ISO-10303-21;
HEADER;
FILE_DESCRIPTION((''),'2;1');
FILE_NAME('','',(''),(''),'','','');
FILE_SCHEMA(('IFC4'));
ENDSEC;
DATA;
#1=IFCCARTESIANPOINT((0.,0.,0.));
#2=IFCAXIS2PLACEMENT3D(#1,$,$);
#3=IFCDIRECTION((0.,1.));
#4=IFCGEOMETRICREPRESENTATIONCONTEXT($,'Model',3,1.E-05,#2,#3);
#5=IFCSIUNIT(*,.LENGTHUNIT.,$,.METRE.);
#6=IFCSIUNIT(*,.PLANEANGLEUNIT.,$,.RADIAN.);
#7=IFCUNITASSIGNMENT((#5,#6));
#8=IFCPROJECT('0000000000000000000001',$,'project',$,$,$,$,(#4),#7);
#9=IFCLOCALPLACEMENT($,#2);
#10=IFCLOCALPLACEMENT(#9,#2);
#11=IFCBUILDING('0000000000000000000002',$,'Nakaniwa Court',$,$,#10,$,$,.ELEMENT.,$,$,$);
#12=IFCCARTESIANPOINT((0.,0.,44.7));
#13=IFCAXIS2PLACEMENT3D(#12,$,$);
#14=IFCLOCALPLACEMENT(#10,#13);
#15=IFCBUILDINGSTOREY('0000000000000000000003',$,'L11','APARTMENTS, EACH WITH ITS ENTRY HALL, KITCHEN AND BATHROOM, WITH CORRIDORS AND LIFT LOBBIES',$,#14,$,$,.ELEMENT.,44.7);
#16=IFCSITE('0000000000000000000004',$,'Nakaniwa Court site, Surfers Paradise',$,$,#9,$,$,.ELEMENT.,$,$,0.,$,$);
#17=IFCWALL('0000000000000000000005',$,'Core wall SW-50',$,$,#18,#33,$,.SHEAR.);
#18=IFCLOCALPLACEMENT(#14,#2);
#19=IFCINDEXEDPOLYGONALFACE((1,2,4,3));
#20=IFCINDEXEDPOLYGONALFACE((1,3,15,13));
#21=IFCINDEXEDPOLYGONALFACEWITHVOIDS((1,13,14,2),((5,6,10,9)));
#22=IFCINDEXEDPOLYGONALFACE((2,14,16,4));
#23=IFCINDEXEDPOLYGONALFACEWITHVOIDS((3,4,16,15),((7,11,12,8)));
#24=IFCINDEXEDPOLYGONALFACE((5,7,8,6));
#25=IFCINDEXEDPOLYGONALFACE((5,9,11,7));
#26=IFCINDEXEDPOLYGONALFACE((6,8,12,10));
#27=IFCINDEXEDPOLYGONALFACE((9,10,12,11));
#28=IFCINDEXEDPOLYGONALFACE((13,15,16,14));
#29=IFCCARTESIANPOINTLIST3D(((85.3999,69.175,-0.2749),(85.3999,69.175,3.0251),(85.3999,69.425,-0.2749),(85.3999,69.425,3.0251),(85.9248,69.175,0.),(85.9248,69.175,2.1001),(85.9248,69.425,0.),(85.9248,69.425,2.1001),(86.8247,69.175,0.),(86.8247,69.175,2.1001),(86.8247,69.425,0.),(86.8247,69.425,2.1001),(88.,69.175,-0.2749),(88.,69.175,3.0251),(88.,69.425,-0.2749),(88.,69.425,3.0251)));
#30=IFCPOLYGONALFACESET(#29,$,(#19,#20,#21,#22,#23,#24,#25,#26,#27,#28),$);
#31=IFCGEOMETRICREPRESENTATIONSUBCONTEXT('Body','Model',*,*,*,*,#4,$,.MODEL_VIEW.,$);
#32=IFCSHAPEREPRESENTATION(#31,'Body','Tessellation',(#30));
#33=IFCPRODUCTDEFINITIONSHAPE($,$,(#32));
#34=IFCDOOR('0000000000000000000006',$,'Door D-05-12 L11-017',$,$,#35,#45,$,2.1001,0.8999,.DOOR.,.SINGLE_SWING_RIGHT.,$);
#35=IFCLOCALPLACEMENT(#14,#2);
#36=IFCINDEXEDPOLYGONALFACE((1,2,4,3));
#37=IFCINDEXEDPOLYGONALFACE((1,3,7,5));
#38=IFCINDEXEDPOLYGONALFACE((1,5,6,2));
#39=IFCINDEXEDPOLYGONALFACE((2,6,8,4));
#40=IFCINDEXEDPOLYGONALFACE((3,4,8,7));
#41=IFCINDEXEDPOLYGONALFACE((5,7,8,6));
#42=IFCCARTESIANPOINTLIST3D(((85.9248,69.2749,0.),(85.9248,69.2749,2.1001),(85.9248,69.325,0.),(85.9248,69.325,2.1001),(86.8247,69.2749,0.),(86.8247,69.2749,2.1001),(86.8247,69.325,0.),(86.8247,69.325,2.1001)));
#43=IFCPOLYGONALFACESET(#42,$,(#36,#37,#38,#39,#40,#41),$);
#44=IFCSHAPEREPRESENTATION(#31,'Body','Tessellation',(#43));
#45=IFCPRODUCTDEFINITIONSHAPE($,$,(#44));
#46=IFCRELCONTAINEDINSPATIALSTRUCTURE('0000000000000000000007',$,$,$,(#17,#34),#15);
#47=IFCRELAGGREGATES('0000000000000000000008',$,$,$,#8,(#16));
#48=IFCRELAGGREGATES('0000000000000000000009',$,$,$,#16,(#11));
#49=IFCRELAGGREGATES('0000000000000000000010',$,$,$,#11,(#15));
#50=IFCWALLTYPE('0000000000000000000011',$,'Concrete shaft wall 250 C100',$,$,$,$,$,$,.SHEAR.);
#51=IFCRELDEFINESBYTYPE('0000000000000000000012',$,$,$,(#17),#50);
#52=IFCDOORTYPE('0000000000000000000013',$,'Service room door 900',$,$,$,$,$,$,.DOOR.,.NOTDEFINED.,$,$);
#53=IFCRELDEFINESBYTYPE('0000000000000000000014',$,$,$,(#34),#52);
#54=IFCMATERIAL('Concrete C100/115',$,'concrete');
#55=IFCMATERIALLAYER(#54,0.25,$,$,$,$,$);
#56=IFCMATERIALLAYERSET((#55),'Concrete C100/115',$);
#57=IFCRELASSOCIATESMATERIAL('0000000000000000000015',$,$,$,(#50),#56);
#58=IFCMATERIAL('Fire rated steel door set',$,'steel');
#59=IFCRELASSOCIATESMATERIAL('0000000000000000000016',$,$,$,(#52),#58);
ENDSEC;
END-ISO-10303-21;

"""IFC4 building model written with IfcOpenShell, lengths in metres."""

from ifc_helpers import new_model, si_unit, direction, frame, frame_2d, origin, place, context, subcontext, project, spatial, rectangle, extrude, material, layer, layer_set, type_object, element, fill, save


model = new_model("IFC4")

# Units and contexts
model_context = context("Model", 3, precision=1e-05, world=origin(), true_north=direction((0.0, 1.0)))
body_context = subcontext(model_context, "Body", "Model", "MODEL_VIEW")
ifc_project = project(units=[si_unit("LENGTHUNIT", "METRE"), si_unit("PLANEANGLEUNIT", "RADIAN")], contexts=[model_context])

# Site, building, storey
site_placement = place(None, origin())
site = spatial("IfcSite", under=ifc_project, at=site_placement, Name="Nakaniwa Court site, Surfers Paradise", CompositionType="ELEMENT", RefElevation=0.0)
building_placement = place(site_placement, origin())
building = spatial("IfcBuilding", under=site, at=building_placement, Name="Nakaniwa Court", CompositionType="ELEMENT")
storey_placement = place(building_placement, frame((0.0, 0.0, 44.7)))
storey = spatial("IfcBuildingStorey", under=building, at=storey_placement, Name="L11", Description="APARTMENTS, EACH WITH ITS ENTRY HALL, KITCHEN AND BATHROOM, WITH CORRIDORS AND LIFT LOBBIES", CompositionType="ELEMENT", Elevation=44.7)

# Shared definitions
ifc_material_1 = material(Name="Concrete C100/115", Category="concrete")

# Shared definitions
ifc_material_2 = material(Name="Fire rated steel door set", Category="steel")

# Shared definitions
ifc_layer_1 = layer(ifc_material_1, 0.25)
ifc_layer_set_1 = layer_set([ifc_layer_1], Name="Concrete C100/115")
wall_type_1 = type_object("IfcWallType", Name="Concrete shaft wall 250 C100", PredefinedType="SHEAR", material=ifc_layer_set_1)

# Wall, opening, door
wall_1_placement = place(storey_placement, frame((85.3999, 69.3, -0.2749), z_axis=(0.0, 0.0, 1.0), x_axis=(1.0, 0.0, 0.0)))
wall_1 = element("IfcWall", 1, at=wall_1_placement, inside=storey, type_object=wall_type_1, Name="Core wall SW-50", PredefinedType="SHEAR", context=body_context, shape_type="SweptSolid", body=[
    extrude(rectangle(XDim=2.6001, YDim=0.25, at=frame_2d((1.3, 0.0))), origin(), (0.0, 0.0, 1.0), 3.3),
])
opening_1_placement = place(wall_1_placement, frame((0.5249, 0.0, 0.2749)))
opening_1 = element("IfcOpeningElement", 2, at=opening_1_placement, cuts=wall_1, PredefinedType="OPENING", context=body_context, shape_type="SweptSolid", body=[
    extrude(rectangle(XDim=0.8999, YDim=2.1001, at=frame_2d((0.45, 1.05))), frame((0.0, 0.135, 0.0), z_axis=(0.0, -1.0, 0.0), x_axis=(1.0, 0.0, 0.0)), (0.0, 0.0, 1.0), 0.27),
])
door_type_1 = type_object("IfcDoorType", Name="Service room door 900", OperationType="NOTDEFINED", PredefinedType="DOOR", material=ifc_material_2)
door_1_placement = place(opening_1_placement, origin())
door_1 = element("IfcDoor", 3, at=door_1_placement, inside=storey, type_object=door_type_1, Name="Door D-05-12 L11-017", OperationType="SINGLE_SWING_RIGHT", OverallHeight=2.1001, OverallWidth=0.8999, PredefinedType="DOOR", context=body_context, shape_type="SweptSolid", body=[
    extrude(rectangle(XDim=0.8999, YDim=2.1001, at=frame_2d((0.45, 1.05))), frame((0.0, 0.0249, 0.0), z_axis=(0.0, -1.0, 0.0), x_axis=(1.0, 0.0, 0.0)), (0.0, 0.0, 1.0), 0.05),
])
fill(opening_1, door_1)

save(model, "model.ifc")
